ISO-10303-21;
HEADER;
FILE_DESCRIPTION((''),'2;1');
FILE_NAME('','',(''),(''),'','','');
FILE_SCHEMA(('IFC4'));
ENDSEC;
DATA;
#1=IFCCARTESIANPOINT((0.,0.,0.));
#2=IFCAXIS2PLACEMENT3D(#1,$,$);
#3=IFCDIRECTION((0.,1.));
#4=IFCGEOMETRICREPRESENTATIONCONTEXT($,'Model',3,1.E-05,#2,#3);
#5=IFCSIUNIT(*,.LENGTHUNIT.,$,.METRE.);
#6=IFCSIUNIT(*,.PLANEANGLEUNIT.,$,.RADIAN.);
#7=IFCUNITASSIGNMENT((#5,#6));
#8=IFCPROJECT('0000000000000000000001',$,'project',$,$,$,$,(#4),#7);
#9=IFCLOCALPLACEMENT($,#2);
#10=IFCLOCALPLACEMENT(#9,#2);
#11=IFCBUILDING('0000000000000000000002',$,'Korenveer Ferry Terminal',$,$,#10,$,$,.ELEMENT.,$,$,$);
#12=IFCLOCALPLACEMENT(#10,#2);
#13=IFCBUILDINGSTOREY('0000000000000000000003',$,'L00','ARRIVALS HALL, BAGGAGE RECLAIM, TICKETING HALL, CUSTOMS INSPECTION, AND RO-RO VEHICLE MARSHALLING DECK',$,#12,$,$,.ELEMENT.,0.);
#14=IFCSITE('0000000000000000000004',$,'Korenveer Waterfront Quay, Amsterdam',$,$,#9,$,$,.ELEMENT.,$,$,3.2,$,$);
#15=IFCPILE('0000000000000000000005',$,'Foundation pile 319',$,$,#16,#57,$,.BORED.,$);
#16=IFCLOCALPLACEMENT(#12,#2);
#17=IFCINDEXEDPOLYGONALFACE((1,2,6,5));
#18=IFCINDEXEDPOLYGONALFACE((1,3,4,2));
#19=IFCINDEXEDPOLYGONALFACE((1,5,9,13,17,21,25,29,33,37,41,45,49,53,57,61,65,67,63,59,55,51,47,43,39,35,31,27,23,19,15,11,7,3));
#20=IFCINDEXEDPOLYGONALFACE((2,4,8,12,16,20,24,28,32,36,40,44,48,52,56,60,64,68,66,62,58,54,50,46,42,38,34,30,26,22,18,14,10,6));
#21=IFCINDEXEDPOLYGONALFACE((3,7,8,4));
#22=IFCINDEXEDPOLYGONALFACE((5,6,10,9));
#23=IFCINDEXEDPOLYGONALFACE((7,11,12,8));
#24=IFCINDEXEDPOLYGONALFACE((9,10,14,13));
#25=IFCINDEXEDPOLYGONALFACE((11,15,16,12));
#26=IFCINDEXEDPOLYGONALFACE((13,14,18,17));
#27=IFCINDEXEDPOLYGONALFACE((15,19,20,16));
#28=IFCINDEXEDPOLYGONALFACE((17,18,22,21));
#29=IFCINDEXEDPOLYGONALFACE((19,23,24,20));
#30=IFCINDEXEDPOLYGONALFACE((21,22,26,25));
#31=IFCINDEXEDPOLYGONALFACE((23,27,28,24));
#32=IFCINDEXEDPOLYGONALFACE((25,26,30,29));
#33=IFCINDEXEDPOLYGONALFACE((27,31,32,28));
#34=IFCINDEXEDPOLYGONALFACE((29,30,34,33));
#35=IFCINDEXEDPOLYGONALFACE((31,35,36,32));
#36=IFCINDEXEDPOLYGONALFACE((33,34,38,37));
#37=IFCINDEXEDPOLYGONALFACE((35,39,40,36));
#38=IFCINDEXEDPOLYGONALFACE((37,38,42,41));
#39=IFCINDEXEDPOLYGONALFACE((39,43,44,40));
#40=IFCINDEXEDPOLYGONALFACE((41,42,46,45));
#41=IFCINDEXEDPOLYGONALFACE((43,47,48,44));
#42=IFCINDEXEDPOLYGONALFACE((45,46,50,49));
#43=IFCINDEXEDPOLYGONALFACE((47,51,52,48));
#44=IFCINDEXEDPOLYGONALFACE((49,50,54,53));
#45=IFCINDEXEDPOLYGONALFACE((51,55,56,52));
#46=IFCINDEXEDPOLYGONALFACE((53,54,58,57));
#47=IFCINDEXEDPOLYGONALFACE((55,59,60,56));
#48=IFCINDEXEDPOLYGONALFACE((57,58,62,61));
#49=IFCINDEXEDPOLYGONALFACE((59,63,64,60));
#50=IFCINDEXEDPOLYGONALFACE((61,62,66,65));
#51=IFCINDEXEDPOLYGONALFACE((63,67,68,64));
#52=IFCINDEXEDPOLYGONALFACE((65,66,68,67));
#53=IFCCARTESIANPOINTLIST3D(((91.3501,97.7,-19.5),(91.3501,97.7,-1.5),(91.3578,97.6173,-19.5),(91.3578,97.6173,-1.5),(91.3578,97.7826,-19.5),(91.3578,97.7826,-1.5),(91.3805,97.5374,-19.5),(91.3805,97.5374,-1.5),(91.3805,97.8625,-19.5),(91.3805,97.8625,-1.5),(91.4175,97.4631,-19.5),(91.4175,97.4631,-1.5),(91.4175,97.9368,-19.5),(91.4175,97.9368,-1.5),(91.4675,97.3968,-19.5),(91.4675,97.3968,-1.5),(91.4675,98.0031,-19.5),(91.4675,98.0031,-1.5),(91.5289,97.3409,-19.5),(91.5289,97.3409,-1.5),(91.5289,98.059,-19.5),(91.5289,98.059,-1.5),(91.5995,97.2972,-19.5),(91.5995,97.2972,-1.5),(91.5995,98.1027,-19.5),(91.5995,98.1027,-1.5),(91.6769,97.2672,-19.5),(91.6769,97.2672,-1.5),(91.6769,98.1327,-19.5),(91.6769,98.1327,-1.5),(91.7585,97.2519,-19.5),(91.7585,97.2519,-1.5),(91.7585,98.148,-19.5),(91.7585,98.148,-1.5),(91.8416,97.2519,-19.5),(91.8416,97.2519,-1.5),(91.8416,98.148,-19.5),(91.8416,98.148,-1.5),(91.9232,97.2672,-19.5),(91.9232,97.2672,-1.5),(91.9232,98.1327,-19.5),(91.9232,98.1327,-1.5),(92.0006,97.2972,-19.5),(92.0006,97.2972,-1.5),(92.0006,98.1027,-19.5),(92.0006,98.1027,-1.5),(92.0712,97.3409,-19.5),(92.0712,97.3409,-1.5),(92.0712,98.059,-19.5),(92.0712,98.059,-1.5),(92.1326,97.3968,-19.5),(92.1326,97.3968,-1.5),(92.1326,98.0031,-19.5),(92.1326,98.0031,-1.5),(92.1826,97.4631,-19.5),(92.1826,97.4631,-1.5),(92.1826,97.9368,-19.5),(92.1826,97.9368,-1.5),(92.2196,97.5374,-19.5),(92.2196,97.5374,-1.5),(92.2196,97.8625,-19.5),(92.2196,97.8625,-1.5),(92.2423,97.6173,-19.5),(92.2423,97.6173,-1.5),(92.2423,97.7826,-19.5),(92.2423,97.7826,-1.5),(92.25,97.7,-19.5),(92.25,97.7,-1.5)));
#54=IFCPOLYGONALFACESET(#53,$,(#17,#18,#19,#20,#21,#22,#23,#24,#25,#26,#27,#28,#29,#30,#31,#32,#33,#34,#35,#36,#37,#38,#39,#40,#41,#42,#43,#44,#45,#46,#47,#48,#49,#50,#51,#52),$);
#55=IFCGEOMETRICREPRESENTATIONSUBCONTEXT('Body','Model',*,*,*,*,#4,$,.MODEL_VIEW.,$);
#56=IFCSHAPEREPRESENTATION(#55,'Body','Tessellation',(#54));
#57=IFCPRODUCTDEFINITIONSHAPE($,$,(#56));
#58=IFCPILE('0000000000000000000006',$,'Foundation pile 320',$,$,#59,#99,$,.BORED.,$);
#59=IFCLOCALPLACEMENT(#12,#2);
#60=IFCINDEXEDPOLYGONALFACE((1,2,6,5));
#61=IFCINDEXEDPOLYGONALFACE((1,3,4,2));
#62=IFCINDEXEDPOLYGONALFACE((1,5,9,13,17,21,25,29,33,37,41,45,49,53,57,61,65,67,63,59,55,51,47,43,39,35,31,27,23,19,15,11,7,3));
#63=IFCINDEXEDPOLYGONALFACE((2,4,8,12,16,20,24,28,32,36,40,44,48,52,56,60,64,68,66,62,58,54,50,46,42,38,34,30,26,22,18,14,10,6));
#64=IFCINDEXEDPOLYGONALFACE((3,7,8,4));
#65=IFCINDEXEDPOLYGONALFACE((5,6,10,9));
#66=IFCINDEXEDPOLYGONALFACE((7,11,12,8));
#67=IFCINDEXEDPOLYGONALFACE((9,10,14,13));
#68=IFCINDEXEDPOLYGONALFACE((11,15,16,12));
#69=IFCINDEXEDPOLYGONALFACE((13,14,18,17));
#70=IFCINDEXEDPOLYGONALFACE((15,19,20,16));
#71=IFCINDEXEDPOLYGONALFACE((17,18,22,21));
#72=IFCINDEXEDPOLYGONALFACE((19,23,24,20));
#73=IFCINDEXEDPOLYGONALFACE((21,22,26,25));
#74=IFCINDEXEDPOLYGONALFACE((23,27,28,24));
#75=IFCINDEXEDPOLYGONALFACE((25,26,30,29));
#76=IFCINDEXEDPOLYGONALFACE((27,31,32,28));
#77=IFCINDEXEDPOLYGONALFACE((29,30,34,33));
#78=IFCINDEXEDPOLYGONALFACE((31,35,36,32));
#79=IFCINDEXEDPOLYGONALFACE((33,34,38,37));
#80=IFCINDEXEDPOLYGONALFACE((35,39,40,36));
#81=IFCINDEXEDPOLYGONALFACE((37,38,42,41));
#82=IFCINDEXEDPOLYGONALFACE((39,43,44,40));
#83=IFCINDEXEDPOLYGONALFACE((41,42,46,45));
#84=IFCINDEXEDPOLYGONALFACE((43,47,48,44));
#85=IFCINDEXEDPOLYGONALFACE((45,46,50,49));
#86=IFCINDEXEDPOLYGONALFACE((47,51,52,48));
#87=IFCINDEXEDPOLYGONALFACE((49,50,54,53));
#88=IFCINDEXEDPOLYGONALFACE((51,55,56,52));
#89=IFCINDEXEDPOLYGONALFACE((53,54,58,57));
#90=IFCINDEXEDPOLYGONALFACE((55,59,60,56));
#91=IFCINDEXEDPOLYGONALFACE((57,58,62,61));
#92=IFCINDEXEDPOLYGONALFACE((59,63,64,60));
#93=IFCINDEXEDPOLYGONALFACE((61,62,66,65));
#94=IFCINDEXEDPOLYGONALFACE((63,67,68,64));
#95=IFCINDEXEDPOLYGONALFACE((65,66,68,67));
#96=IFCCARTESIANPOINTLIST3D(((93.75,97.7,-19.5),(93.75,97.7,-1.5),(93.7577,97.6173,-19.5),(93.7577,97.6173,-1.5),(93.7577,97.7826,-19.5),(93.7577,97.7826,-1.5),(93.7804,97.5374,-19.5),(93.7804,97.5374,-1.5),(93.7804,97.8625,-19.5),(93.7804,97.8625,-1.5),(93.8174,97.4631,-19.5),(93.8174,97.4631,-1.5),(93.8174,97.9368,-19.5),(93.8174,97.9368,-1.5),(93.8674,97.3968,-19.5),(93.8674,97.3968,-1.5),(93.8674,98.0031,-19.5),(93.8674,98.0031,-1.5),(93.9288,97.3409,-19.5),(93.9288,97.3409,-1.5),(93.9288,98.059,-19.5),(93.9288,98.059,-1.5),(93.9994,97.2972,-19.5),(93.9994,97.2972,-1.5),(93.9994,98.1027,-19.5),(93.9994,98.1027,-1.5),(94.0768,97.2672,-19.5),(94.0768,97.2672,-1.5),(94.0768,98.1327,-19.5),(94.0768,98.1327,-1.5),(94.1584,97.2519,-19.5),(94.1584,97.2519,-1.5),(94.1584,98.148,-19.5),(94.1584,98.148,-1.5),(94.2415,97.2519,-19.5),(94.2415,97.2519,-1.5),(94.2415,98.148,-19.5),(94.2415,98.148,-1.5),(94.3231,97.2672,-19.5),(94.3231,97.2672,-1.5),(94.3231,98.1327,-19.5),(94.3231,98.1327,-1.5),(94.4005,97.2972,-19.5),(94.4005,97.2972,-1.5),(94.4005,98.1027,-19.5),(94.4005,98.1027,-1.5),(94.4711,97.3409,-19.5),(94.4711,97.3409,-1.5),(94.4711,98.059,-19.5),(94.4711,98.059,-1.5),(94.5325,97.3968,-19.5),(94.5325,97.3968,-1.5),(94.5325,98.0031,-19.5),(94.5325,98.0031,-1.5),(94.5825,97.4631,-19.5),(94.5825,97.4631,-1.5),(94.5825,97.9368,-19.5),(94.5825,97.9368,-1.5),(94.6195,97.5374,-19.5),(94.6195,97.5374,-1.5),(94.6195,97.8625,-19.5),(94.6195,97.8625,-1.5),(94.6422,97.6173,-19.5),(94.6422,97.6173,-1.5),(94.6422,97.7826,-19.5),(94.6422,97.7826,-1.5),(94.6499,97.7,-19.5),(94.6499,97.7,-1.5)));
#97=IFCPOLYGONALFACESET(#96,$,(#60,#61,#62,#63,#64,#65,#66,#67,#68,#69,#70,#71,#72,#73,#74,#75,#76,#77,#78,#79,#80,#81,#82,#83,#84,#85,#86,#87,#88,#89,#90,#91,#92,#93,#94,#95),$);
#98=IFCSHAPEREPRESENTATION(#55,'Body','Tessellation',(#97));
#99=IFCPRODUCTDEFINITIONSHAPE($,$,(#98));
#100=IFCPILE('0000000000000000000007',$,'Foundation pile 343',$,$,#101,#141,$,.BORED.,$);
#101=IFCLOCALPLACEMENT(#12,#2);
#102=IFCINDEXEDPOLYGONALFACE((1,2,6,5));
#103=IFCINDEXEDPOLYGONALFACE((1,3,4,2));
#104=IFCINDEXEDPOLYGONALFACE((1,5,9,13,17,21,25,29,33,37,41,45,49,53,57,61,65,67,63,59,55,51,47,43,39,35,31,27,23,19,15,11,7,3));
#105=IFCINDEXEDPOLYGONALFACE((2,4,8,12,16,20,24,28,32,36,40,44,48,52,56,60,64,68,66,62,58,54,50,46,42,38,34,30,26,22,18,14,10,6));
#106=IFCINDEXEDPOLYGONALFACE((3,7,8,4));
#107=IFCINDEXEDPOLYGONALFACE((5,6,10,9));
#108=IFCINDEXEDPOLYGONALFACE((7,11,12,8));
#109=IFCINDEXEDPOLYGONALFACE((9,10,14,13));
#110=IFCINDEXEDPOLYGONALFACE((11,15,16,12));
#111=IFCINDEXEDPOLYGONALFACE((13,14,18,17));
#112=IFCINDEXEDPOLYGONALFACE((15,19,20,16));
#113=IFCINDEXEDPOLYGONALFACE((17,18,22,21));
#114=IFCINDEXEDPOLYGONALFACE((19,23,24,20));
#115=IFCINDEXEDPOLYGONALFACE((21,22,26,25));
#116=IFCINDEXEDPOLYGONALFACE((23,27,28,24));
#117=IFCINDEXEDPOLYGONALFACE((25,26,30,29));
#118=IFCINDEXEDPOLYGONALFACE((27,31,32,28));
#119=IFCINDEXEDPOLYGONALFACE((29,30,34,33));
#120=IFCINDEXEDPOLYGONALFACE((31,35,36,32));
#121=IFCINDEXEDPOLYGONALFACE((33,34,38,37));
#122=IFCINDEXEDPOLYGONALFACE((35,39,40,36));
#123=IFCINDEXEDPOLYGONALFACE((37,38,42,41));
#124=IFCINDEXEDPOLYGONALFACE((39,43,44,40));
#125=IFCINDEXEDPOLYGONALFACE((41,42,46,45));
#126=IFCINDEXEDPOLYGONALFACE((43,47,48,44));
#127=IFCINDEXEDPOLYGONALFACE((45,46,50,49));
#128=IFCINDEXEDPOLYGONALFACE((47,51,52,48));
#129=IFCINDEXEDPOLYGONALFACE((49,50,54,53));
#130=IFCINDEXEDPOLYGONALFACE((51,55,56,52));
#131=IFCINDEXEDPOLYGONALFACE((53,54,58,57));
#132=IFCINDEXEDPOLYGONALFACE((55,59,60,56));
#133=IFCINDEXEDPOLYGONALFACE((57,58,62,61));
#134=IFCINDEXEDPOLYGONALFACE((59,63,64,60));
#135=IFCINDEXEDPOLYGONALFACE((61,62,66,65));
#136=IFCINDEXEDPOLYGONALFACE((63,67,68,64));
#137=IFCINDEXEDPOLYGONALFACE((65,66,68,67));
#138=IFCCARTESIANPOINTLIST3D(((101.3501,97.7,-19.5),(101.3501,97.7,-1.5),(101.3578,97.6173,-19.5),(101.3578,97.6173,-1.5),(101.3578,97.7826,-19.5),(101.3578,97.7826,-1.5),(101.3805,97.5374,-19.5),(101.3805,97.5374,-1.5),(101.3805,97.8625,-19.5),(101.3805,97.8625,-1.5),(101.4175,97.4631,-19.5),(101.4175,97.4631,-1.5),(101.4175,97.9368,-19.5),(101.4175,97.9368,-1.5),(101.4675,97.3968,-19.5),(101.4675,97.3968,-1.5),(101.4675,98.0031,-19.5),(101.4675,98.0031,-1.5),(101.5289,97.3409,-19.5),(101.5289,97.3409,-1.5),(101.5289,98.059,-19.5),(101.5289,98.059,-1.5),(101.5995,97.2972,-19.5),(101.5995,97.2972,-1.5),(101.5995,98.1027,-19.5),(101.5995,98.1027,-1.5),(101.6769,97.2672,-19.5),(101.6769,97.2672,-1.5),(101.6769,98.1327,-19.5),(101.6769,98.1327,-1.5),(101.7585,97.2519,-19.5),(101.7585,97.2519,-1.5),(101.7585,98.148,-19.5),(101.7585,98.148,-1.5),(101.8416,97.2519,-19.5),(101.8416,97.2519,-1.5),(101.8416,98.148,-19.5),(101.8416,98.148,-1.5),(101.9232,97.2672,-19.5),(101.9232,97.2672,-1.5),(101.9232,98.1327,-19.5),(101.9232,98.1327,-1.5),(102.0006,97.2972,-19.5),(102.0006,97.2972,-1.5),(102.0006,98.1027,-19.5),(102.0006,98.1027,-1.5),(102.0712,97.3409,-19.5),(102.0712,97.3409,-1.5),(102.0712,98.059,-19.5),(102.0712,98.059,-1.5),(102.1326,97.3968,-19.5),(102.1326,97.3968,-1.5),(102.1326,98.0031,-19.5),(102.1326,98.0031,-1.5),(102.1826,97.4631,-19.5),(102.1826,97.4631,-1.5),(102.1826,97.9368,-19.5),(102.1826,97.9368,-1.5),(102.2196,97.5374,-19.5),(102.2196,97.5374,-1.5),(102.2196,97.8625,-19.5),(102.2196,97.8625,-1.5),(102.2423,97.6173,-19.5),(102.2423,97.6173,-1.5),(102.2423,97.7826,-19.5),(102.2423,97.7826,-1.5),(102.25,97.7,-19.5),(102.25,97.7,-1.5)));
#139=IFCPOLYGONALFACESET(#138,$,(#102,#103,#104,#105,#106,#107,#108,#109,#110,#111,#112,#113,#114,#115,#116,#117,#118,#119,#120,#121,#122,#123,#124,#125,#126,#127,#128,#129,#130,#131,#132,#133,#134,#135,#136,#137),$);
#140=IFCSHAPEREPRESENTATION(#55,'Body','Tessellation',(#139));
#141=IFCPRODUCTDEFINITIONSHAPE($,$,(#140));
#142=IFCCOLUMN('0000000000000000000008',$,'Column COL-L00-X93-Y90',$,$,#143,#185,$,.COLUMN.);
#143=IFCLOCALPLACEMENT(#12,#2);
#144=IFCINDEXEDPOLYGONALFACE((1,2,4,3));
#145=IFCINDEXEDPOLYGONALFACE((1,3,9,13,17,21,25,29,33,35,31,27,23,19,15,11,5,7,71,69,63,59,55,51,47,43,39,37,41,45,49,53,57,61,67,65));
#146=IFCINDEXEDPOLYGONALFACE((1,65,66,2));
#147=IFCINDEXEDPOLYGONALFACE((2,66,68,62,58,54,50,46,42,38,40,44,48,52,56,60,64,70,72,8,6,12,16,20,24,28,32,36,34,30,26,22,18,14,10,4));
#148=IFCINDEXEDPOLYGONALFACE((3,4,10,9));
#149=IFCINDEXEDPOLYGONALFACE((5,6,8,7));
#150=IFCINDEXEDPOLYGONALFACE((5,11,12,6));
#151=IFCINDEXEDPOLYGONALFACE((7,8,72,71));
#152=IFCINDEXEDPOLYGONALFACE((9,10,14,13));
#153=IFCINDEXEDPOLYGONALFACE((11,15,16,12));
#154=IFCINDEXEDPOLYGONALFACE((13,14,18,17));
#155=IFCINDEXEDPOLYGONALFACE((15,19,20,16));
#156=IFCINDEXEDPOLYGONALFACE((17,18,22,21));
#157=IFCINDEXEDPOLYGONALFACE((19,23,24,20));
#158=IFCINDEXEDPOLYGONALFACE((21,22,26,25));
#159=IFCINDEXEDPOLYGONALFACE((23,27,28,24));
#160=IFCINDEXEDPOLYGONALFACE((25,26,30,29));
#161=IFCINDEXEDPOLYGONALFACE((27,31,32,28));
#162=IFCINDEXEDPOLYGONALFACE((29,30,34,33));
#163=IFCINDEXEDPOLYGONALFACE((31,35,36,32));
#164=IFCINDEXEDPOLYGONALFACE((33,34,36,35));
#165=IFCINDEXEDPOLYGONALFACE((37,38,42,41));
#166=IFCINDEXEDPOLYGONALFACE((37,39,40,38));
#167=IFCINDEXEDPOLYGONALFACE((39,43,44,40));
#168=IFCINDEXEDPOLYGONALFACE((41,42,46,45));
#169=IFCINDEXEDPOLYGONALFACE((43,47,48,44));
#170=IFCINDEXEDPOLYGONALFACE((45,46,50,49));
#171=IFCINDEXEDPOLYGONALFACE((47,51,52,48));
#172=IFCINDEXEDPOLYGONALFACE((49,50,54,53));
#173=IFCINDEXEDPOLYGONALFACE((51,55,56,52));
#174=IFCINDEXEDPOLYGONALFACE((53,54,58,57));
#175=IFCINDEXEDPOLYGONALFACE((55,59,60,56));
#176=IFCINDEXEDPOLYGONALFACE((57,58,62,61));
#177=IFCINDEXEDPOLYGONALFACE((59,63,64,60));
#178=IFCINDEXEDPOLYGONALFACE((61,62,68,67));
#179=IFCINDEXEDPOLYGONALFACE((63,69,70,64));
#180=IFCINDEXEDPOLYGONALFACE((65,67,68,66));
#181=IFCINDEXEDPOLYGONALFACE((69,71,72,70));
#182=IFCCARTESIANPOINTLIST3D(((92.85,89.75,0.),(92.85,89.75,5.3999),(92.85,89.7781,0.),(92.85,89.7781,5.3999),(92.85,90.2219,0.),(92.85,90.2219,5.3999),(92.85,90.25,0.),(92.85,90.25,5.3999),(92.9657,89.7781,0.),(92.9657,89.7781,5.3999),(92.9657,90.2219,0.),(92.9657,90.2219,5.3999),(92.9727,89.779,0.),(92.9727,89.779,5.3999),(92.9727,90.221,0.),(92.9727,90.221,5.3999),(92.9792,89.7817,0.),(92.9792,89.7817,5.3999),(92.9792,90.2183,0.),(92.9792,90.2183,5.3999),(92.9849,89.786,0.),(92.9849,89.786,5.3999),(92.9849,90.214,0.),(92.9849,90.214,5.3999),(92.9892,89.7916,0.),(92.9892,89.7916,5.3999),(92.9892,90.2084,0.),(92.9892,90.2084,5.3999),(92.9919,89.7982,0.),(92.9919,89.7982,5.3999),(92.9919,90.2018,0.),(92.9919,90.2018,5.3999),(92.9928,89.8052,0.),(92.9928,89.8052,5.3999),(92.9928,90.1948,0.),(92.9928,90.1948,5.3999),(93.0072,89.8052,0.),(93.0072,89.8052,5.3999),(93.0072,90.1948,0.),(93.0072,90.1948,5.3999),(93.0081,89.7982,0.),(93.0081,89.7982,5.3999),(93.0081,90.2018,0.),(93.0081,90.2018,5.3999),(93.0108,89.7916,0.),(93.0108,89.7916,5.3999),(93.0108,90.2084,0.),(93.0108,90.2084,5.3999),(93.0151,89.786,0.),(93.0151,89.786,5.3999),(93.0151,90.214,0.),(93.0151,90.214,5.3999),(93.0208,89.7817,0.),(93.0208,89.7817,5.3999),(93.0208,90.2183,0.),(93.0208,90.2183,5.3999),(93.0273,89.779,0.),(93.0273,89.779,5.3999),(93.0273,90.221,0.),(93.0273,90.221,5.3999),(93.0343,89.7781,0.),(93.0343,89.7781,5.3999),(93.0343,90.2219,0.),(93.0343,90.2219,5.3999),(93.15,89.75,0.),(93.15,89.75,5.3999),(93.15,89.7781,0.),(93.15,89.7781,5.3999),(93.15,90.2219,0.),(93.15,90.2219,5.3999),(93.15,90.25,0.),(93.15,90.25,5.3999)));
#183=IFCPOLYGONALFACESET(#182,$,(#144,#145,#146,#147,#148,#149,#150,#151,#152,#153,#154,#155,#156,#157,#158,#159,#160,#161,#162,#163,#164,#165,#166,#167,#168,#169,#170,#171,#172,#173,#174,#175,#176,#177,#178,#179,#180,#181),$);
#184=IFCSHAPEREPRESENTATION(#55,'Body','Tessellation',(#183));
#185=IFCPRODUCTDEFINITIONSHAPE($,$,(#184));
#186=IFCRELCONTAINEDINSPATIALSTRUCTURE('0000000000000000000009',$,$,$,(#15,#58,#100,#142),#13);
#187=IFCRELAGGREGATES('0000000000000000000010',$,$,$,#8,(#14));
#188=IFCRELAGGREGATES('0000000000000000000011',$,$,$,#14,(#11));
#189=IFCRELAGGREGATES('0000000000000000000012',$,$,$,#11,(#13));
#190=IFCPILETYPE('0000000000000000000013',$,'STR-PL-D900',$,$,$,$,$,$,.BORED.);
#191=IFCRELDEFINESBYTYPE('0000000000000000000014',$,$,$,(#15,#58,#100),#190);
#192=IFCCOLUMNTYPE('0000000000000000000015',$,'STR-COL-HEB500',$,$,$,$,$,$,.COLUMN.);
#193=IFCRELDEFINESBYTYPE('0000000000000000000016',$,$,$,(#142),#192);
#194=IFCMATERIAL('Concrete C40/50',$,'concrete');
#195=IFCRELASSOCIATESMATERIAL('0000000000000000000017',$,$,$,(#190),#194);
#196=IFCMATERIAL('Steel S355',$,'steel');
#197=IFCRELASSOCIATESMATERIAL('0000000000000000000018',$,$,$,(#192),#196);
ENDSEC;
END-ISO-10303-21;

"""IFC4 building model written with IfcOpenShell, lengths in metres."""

from ifc_helpers import new_model, si_unit, direction, frame, origin, origin_2d, place, context, subcontext, project, spatial, circle, i_section, extrude, material, material_profile, profile_set, type_object, element, save


model = new_model("IFC4")

# Units and contexts
model_context = context("Model", 3, precision=1e-05, world=origin(), true_north=direction((0.0, 1.0)))
body_context = subcontext(model_context, "Body", "Model", "MODEL_VIEW")
ifc_project = project(units=[si_unit("LENGTHUNIT", "METRE"), si_unit("PLANEANGLEUNIT", "RADIAN")], contexts=[model_context])

# Site, building, storey
site_placement = place(None, origin())
site = spatial("IfcSite", under=ifc_project, at=site_placement, Name="Korenveer Waterfront Quay, Amsterdam", CompositionType="ELEMENT", RefElevation=3.2)
building_placement = place(site_placement, origin())
building = spatial("IfcBuilding", under=site, at=building_placement, Name="Korenveer Ferry Terminal", CompositionType="ELEMENT")
storey_placement = place(building_placement, origin())
storey = spatial("IfcBuildingStorey", under=building, at=storey_placement, Name="L00", Description="ARRIVALS HALL, BAGGAGE RECLAIM, TICKETING HALL, CUSTOMS INSPECTION, AND RO-RO VEHICLE MARSHALLING DECK", CompositionType="ELEMENT", Elevation=0.0)

# Shared definitions
ifc_material_1 = material(Name="Concrete C40/50", Category="concrete")

# Piles
ifc_material_profile_1 = material_profile(ifc_material_1, circle(Radius=0.45, at=origin_2d()), Name="PILE D900")
ifc_profile_set_1 = profile_set([ifc_material_profile_1], Name="Concrete C40/50")
pile_type_1 = type_object("IfcPileType", Name="STR-PL-D900", PredefinedType="BORED", material=ifc_profile_set_1)
for number, where, z_axis, x_axis, name in (
    (1, (91.8, 97.7, -1.5), (0.0, 0.0, -1.0), (1.0, 0.0, 0.0), "Foundation pile 319"),
    (2, (94.2, 97.7, -1.5), (0.0, 0.0, -1.0), (1.0, 0.0, 0.0), "Foundation pile 320"),
    (3, (101.8, 97.7, -1.5), (0.0, 0.0, -1.0), (1.0, 0.0, 0.0), "Foundation pile 343"),
):
    element("IfcPile", number, at=place(storey_placement, frame(where, z_axis=z_axis, x_axis=x_axis)), inside=storey, type_object=pile_type_1, Name=name, PredefinedType="BORED", context=body_context, shape_type="SweptSolid", body=[
        extrude(circle(Radius=0.45, at=origin_2d()), origin(), (0.0, 0.0, 1.0), 18.0),
    ])

# Column
ifc_material_2 = material(Name="Steel S355", Category="steel")
ifc_material_profile_2 = material_profile(ifc_material_2, i_section(OverallWidth=0.3, OverallDepth=0.5, WebThickness=0.0144, FlangeThickness=0.0281, FilletRadius=0.0271, at=origin_2d()), Name="HEB 500")
ifc_profile_set_2 = profile_set([ifc_material_profile_2], Name="Steel S355")
column_type = type_object("IfcColumnType", Name="STR-COL-HEB500", PredefinedType="COLUMN", material=ifc_profile_set_2)
for number, where, z_axis, x_axis, name in (
    (4, (93.0, 90.0, 0.0), (0.0, 0.0, 1.0), (1.0, 0.0, 0.0), "Column COL-L00-X93-Y90"),
):
    element("IfcColumn", number, at=place(storey_placement, frame(where, z_axis=z_axis, x_axis=x_axis)), inside=storey, type_object=column_type, Name=name, PredefinedType="COLUMN", context=body_context, shape_type="SweptSolid", body=[
        extrude(i_section(OverallWidth=0.3, OverallDepth=0.5, WebThickness=0.0144, FlangeThickness=0.0281, FilletRadius=0.0271, at=origin_2d()), origin(), (0.0, 0.0, 1.0), 5.3999),
    ])

save(model, "model.ifc")
